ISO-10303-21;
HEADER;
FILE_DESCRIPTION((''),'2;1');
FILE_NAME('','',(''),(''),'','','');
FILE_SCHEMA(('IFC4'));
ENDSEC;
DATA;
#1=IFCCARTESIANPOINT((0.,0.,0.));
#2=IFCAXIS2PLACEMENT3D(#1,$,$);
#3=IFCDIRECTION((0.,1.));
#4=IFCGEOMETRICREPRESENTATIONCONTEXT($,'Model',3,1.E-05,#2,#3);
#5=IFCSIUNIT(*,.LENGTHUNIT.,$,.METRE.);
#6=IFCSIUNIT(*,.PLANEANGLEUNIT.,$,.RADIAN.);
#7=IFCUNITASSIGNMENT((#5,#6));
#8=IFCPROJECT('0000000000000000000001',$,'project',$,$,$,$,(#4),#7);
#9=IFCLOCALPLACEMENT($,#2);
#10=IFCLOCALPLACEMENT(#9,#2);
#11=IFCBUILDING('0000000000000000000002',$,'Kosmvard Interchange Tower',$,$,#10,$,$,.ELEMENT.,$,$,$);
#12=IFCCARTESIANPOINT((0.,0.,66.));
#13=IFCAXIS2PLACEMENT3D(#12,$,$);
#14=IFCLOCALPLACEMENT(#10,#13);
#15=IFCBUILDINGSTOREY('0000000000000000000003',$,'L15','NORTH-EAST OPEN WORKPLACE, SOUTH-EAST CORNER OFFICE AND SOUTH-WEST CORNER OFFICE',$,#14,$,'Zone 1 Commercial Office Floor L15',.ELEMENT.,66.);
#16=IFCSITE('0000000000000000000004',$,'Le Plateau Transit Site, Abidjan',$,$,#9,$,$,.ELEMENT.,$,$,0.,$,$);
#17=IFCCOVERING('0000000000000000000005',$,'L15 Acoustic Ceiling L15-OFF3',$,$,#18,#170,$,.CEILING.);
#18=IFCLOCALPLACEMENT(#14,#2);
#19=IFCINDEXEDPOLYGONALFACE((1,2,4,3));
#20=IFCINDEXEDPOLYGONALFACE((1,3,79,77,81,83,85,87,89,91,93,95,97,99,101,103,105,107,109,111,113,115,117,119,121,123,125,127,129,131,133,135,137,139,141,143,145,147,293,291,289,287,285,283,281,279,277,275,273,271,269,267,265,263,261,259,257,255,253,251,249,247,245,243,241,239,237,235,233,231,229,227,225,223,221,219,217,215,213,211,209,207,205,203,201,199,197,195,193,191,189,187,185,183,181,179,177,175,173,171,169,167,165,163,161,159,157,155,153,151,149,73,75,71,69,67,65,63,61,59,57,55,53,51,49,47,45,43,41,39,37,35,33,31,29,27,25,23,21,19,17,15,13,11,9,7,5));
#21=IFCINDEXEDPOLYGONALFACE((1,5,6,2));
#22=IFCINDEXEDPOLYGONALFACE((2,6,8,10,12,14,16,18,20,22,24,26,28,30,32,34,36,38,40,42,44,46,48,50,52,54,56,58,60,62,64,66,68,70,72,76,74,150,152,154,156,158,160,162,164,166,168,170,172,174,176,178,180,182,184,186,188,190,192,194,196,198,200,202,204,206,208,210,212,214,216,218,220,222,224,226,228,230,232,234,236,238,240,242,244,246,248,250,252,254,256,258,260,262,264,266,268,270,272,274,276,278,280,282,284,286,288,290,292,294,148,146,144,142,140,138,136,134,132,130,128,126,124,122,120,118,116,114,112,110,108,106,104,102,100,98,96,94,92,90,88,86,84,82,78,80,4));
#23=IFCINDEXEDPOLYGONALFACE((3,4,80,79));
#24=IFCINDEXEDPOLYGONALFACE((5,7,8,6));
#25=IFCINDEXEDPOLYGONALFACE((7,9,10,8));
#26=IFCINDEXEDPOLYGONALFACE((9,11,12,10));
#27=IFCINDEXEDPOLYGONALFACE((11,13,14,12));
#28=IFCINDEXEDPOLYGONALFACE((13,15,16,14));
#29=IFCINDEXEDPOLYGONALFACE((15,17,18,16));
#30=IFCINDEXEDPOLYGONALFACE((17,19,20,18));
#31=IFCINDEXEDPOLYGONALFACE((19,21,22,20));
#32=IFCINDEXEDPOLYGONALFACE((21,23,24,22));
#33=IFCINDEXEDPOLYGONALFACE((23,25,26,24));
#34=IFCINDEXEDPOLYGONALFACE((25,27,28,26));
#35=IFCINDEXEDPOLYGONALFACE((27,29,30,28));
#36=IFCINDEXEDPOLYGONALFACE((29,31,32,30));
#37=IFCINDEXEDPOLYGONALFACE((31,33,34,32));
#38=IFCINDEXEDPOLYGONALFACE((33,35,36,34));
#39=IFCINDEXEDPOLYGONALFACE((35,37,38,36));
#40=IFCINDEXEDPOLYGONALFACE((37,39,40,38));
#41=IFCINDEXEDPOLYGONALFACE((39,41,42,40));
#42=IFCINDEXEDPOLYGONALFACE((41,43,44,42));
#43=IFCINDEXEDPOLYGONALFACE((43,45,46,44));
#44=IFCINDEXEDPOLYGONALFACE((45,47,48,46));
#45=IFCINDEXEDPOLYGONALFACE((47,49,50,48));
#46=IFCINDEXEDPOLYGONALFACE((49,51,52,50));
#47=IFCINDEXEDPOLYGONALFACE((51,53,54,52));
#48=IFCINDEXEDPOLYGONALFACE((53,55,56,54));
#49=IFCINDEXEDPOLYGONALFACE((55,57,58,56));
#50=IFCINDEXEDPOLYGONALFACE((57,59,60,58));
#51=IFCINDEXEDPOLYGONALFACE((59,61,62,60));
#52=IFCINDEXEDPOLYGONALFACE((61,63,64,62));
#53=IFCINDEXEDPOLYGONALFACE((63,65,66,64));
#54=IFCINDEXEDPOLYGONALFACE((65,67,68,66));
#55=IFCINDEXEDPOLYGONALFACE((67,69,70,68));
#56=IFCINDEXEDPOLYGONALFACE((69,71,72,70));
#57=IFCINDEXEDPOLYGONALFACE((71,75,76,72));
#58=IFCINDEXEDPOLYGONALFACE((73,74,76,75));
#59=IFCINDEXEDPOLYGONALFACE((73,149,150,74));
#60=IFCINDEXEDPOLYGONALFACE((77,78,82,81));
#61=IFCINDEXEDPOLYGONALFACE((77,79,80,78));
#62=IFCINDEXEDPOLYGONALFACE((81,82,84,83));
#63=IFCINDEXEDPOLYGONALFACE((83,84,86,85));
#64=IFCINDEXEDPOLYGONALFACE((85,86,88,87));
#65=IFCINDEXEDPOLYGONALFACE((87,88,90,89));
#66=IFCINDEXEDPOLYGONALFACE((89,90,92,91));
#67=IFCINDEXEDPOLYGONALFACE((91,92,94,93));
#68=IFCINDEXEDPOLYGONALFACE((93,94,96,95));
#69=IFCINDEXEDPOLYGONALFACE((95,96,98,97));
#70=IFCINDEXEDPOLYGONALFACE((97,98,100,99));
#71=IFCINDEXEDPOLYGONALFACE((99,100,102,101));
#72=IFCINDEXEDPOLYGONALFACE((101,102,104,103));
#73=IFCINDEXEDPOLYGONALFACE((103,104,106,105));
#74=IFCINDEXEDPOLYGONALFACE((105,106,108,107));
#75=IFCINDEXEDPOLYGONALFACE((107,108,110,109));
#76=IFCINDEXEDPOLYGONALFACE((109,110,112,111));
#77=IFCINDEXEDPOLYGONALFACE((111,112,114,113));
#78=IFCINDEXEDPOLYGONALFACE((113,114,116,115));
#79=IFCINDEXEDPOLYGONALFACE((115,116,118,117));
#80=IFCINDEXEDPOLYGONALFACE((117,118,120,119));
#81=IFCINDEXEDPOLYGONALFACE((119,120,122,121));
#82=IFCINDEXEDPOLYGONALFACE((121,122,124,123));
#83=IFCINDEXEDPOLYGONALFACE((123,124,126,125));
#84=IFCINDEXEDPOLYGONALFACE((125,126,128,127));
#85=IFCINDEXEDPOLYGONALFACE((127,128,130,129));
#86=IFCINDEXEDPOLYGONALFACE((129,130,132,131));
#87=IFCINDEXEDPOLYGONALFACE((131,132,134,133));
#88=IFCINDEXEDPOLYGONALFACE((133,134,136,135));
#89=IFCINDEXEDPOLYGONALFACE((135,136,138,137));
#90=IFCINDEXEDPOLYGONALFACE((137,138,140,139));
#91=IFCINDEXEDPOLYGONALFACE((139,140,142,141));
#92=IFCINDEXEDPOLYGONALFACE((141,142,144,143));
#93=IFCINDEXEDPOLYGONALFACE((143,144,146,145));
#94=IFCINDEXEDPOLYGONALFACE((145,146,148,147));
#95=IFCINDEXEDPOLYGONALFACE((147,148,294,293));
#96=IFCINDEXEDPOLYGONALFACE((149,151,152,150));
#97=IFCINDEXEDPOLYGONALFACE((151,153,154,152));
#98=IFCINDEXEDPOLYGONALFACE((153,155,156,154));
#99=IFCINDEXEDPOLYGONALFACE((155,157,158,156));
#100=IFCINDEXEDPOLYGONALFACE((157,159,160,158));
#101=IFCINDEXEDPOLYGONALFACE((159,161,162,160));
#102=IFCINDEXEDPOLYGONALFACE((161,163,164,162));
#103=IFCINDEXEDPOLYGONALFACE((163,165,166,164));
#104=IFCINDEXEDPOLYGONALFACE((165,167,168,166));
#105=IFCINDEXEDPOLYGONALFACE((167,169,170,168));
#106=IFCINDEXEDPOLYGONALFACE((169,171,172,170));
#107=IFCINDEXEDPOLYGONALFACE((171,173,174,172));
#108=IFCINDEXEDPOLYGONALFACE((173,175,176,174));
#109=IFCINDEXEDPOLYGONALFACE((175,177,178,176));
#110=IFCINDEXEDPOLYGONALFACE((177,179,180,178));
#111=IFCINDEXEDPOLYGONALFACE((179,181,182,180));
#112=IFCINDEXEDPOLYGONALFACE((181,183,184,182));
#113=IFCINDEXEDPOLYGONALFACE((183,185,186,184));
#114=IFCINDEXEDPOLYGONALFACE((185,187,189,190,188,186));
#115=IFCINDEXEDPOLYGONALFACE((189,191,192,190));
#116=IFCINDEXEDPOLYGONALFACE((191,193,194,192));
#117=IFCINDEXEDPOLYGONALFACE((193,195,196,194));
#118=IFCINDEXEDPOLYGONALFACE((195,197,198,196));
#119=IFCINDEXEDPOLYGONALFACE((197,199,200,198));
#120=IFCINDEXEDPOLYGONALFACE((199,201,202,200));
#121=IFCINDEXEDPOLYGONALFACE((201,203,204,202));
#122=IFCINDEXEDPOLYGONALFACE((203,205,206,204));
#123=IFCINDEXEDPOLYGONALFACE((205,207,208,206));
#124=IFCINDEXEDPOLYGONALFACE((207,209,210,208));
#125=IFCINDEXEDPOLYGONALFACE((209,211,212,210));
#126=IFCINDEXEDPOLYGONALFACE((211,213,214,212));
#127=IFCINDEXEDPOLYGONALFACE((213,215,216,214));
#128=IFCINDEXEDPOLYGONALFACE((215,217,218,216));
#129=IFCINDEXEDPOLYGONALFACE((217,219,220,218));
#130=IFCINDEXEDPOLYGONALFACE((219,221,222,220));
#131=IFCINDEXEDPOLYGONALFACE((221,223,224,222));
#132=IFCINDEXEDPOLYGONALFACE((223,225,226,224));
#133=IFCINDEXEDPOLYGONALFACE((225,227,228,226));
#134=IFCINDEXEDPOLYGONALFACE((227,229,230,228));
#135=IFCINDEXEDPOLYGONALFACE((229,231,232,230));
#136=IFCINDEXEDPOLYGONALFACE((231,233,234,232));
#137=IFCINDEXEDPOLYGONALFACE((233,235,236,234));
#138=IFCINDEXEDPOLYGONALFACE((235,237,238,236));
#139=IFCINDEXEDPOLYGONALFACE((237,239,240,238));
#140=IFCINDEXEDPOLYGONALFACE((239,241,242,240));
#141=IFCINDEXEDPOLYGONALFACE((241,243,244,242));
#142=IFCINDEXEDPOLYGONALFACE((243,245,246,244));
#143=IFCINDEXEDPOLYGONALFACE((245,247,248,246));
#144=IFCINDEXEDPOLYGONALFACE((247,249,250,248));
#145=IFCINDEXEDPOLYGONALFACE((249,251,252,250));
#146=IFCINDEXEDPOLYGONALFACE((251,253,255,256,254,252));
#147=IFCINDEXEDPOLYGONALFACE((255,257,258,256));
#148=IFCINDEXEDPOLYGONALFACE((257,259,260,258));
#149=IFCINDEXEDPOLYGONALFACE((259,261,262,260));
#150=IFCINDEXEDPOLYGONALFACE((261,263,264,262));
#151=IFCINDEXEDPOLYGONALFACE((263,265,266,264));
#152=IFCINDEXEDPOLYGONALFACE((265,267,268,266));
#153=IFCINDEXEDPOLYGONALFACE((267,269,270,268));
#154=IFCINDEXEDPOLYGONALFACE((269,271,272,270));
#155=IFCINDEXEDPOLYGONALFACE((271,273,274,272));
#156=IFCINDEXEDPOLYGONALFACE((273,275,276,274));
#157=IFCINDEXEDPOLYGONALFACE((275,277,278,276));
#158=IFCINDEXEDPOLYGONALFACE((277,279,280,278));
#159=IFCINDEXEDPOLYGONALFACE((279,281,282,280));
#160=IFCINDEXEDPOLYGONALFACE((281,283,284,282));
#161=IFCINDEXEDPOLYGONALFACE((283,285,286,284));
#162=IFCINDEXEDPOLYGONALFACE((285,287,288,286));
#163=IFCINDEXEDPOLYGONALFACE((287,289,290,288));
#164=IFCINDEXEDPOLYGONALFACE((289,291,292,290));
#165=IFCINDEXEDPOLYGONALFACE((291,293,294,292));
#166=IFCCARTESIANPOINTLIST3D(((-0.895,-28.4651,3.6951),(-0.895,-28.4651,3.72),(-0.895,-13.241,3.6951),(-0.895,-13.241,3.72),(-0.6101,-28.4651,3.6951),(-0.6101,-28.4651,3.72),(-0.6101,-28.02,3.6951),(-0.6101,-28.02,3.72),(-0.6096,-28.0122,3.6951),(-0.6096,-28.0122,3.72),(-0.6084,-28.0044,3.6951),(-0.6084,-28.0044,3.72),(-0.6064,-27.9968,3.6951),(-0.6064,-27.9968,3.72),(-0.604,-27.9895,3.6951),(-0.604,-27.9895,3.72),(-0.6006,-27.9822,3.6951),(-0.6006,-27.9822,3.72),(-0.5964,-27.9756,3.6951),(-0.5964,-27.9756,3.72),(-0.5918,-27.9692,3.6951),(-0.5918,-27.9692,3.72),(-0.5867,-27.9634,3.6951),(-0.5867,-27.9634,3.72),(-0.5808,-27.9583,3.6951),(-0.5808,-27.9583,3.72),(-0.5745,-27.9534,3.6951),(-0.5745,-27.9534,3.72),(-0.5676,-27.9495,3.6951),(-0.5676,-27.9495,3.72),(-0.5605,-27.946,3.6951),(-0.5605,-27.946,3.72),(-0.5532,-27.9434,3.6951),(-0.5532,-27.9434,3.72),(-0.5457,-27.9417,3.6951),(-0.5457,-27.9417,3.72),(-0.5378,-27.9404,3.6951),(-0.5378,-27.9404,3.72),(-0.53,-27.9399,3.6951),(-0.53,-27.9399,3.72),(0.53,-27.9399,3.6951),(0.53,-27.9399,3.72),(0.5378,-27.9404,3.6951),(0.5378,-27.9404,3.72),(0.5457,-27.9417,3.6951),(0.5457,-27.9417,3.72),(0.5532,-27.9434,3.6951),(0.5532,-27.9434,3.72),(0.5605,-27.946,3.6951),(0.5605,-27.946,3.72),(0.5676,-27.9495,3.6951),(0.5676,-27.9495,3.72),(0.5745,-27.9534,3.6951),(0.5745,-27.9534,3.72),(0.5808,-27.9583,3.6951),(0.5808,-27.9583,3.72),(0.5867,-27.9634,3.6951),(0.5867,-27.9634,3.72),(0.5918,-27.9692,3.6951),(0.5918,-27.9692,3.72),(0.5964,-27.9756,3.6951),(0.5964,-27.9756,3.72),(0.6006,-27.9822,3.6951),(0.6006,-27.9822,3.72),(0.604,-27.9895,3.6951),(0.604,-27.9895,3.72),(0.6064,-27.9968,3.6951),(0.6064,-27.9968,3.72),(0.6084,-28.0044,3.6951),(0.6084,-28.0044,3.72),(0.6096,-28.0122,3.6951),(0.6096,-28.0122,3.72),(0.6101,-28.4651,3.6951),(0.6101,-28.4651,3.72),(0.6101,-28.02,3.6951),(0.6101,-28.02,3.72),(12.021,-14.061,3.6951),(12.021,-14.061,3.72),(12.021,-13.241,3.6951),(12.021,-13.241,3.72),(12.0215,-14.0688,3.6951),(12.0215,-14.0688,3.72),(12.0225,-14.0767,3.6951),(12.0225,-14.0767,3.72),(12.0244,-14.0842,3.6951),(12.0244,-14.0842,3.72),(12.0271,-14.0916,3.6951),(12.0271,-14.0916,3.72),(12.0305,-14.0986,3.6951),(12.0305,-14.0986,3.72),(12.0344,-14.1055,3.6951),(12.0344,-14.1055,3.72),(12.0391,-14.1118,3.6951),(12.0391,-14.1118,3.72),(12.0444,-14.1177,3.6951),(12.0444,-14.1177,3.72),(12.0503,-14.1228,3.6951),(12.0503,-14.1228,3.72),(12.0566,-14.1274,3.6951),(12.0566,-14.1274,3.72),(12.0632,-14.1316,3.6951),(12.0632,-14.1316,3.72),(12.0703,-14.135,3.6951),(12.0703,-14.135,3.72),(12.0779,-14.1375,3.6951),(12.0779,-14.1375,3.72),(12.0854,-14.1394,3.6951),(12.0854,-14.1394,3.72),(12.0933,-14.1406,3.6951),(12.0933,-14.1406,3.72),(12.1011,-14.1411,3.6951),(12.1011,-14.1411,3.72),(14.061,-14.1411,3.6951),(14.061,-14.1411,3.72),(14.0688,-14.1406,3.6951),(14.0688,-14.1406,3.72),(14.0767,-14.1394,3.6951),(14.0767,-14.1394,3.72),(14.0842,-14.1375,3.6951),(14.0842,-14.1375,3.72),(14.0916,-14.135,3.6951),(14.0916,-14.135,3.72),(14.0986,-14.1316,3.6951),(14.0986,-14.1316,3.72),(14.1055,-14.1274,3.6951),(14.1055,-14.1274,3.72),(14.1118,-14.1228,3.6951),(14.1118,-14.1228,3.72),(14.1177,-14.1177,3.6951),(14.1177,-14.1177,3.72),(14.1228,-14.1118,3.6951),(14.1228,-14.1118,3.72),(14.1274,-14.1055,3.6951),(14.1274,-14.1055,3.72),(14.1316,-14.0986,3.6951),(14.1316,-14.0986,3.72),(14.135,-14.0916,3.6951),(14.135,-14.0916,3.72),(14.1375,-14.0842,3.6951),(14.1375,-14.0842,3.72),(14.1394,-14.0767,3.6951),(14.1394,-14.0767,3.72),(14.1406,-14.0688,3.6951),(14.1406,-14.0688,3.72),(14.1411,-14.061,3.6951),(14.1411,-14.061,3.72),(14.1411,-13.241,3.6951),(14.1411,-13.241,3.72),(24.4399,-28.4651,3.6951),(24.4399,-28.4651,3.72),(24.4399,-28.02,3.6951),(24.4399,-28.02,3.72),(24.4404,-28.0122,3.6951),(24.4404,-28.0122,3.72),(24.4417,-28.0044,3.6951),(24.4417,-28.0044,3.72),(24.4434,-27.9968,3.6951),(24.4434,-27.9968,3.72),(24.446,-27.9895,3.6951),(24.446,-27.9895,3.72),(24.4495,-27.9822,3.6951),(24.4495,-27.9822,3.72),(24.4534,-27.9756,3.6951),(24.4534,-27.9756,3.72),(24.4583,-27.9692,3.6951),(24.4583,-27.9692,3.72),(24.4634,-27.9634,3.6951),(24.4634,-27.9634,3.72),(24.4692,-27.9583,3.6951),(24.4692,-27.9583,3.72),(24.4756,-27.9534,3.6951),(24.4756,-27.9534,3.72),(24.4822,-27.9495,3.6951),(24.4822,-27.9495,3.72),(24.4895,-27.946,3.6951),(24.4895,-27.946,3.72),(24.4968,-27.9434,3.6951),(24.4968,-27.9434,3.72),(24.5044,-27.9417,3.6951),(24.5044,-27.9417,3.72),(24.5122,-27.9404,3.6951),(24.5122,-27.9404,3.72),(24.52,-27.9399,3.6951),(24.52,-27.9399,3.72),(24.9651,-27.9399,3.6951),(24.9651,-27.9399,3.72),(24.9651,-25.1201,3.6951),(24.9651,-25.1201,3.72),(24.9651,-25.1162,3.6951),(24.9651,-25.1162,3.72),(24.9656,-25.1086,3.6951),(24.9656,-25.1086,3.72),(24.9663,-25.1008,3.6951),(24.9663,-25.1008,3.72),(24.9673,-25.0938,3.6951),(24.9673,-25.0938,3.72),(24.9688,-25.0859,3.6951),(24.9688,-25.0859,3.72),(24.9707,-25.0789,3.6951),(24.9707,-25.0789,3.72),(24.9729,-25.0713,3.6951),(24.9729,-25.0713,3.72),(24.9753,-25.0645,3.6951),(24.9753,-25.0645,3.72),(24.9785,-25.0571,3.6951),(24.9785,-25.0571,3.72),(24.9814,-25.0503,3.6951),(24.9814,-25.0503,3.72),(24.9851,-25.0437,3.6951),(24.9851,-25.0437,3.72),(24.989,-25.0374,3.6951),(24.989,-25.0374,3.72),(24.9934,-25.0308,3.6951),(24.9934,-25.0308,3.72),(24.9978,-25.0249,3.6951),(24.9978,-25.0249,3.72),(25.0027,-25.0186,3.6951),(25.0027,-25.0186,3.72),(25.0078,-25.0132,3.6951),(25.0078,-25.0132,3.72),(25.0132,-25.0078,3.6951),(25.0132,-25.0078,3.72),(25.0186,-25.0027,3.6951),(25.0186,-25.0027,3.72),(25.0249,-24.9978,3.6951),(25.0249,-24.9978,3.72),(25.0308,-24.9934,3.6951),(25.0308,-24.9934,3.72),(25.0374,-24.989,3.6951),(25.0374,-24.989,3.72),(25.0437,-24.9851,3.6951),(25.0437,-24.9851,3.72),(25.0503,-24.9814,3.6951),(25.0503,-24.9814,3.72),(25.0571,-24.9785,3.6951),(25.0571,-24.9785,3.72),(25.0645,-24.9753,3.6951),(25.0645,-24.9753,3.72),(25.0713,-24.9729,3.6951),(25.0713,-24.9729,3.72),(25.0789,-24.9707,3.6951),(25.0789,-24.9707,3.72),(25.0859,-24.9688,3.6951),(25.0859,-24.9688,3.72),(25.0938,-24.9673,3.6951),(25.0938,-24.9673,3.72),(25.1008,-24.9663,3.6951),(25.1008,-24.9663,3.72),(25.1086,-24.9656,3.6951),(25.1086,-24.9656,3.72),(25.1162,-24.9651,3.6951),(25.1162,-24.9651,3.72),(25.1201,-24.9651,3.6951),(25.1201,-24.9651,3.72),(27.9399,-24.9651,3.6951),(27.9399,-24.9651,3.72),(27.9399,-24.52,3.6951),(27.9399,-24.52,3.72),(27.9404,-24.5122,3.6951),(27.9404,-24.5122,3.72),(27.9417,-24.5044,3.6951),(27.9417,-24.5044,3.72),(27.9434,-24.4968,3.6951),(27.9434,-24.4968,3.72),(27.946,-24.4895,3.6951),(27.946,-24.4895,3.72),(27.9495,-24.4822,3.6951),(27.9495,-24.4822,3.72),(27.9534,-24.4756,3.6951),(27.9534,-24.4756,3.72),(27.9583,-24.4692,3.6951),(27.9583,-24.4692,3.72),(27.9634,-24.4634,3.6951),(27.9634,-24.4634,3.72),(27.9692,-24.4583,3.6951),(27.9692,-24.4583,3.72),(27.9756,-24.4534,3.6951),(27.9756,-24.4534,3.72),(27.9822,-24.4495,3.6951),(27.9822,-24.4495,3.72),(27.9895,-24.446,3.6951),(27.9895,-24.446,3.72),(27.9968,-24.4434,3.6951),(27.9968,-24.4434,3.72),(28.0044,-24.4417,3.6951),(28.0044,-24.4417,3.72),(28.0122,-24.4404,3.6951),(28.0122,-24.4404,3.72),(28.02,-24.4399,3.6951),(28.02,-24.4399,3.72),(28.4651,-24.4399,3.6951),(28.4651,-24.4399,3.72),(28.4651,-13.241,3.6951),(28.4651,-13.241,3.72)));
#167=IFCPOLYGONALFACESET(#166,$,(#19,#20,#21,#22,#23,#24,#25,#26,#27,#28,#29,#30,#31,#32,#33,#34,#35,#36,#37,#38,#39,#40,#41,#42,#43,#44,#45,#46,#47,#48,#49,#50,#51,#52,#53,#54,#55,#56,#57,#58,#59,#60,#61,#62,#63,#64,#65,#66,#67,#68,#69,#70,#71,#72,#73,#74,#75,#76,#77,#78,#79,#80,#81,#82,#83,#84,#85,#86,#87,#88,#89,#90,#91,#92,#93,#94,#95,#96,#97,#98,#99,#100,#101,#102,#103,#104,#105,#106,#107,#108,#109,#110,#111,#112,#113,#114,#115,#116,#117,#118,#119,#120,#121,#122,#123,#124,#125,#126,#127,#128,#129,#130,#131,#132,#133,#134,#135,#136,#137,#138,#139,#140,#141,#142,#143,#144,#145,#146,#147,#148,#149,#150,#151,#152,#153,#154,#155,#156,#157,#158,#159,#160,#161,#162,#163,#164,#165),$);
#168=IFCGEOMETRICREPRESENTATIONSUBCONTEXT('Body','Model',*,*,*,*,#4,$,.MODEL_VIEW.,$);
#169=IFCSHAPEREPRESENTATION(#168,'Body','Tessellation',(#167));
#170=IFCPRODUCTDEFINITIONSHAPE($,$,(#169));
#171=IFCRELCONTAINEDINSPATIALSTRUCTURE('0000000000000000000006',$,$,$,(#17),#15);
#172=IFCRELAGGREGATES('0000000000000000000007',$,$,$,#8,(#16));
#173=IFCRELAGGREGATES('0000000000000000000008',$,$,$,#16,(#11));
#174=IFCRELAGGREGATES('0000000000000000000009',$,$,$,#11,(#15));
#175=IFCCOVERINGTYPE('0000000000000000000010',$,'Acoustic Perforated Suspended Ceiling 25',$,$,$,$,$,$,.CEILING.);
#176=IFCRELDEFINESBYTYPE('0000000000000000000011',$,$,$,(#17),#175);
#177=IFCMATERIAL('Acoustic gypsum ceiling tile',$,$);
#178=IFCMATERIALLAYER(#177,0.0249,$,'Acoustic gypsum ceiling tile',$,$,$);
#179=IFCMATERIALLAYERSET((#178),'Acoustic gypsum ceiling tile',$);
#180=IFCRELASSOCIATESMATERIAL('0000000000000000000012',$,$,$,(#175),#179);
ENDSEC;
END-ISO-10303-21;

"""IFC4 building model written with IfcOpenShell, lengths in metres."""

from ifc_helpers import new_model, si_unit, direction, frame, origin, place, context, subcontext, project, spatial, polyline, outline, extrude, material, layer, layer_set, type_object, element, save


model = new_model("IFC4")

# Units and contexts
model_context = context("Model", 3, precision=1e-05, world=origin(), true_north=direction((0.0, 1.0)))
body_context = subcontext(model_context, "Body", "Model", "MODEL_VIEW")
ifc_project = project(units=[si_unit("LENGTHUNIT", "METRE"), si_unit("PLANEANGLEUNIT", "RADIAN")], contexts=[model_context])

# Site, building, storey
site_placement = place(None, origin())
site = spatial("IfcSite", under=ifc_project, at=site_placement, Name="Le Plateau Transit Site, Abidjan", CompositionType="ELEMENT", RefElevation=0.0)
building_placement = place(site_placement, origin())
building = spatial("IfcBuilding", under=site, at=building_placement, Name="Kosmvard Interchange Tower", CompositionType="ELEMENT")
storey_placement = place(building_placement, frame((0.0, 0.0, 66.0)))
storey = spatial("IfcBuildingStorey", under=building, at=storey_placement, Name="L15", Description="NORTH-EAST OPEN WORKPLACE, SOUTH-EAST CORNER OFFICE AND SOUTH-WEST CORNER OFFICE", LongName="Zone 1 Commercial Office Floor L15", CompositionType="ELEMENT", Elevation=66.0)

# Covering
ifc_material_1 = material(Name="Acoustic gypsum ceiling tile")
ifc_layer_1 = layer(ifc_material_1, 0.0249, Name="Acoustic gypsum ceiling tile")
ifc_layer_set_1 = layer_set([ifc_layer_1], Name="Acoustic gypsum ceiling tile")
covering_type_1 = type_object("IfcCoveringType", Name="Acoustic Perforated Suspended Ceiling 25", PredefinedType="CEILING", material=ifc_layer_set_1)
covering_1_placement = place(storey_placement, frame((0.0, 0.0, 3.6951)))
element("IfcCovering", 1, at=covering_1_placement, inside=storey, type_object=covering_type_1, Name="L15 Acoustic Ceiling L15-OFF3", PredefinedType="CEILING", context=body_context, shape_type="SweptSolid", body=[
    extrude(outline(polyline([(12.021, -14.061), (12.021, -13.241), (-0.895, -13.241), (-0.895, -28.4651), (-0.6101, -28.4651), (-0.6101, -28.02), (-0.6096, -28.0122), (-0.6084, -28.0044), (-0.6064, -27.9968), (-0.604, -27.9895), (-0.6006, -27.9822), (-0.5964, -27.9756), (-0.5918, -27.9692), (-0.5867, -27.9634), (-0.5808, -27.9583), (-0.5745, -27.9534), (-0.5676, -27.9495), (-0.5605, -27.946), (-0.5532, -27.9434), (-0.5457, -27.9417), (-0.5378, -27.9404), (-0.53, -27.9399), (0.53, -27.9399), (0.5378, -27.9404), (0.5457, -27.9417), (0.5532, -27.9434), (0.5605, -27.946), (0.5676, -27.9495), (0.5745, -27.9534), (0.5808, -27.9583), (0.5867, -27.9634), (0.5918, -27.9692), (0.5964, -27.9756), (0.6006, -27.9822), (0.604, -27.9895), (0.6064, -27.9968), (0.6084, -28.0044), (0.6096, -28.0122), (0.6101, -28.02), (0.6101, -28.4651), (24.4399, -28.4651), (24.4399, -28.02), (24.4404, -28.0122), (24.4417, -28.0044), (24.4434, -27.9968), (24.446, -27.9895), (24.4495, -27.9822), (24.4534, -27.9756), (24.4583, -27.9692), (24.4634, -27.9634), (24.4692, -27.9583), (24.4756, -27.9534), (24.4822, -27.9495), (24.4895, -27.946), (24.4968, -27.9434), (24.5044, -27.9417), (24.5122, -27.9404), (24.52, -27.9399), (24.9651, -27.9399), (24.9651, -25.1201), (24.9651, -25.1162), (24.9656, -25.1086), (24.9663, -25.1008), (24.9673, -25.0938), (24.9688, -25.0859), (24.9707, -25.0789), (24.9729, -25.0713), (24.9753, -25.0645), (24.9785, -25.0571), (24.9814, -25.0503), (24.9851, -25.0437), (24.989, -25.0374), (24.9934, -25.0308), (24.9978, -25.0249), (25.0027, -25.0186), (25.0078, -25.0132), (25.0132, -25.0078), (25.0186, -25.0027), (25.0249, -24.9978), (25.0308, -24.9934), (25.0374, -24.989), (25.0437, -24.9851), (25.0503, -24.9814), (25.0571, -24.9785), (25.0645, -24.9753), (25.0713, -24.9729), (25.0789, -24.9707), (25.0859, -24.9688), (25.0938, -24.9673), (25.1008, -24.9663), (25.1086, -24.9656), (25.1162, -24.9651), (25.1201, -24.9651), (27.9399, -24.9651), (27.9399, -24.52), (27.9404, -24.5122), (27.9417, -24.5044), (27.9434, -24.4968), (27.946, -24.4895), (27.9495, -24.4822), (27.9534, -24.4756), (27.9583, -24.4692), (27.9634, -24.4634), (27.9692, -24.4583), (27.9756, -24.4534), (27.9822, -24.4495), (27.9895, -24.446), (27.9968, -24.4434), (28.0044, -24.4417), (28.0122, -24.4404), (28.02, -24.4399), (28.4651, -24.4399), (28.4651, -13.241), (14.1411, -13.241), (14.1411, -14.061), (14.1406, -14.0688), (14.1394, -14.0767), (14.1375, -14.0842), (14.135, -14.0916), (14.1316, -14.0986), (14.1274, -14.1055), (14.1228, -14.1118), (14.1177, -14.1177), (14.1118, -14.1228), (14.1055, -14.1274), (14.0986, -14.1316), (14.0916, -14.135), (14.0842, -14.1375), (14.0767, -14.1394), (14.0688, -14.1406), (14.061, -14.1411), (12.1011, -14.1411), (12.0933, -14.1406), (12.0854, -14.1394), (12.0779, -14.1375), (12.0703, -14.135), (12.0632, -14.1316), (12.0566, -14.1274), (12.0503, -14.1228), (12.0444, -14.1177), (12.0391, -14.1118), (12.0344, -14.1055), (12.0305, -14.0986), (12.0271, -14.0916), (12.0244, -14.0842), (12.0225, -14.0767), (12.0215, -14.0688), (12.021, -14.061)])), origin(), (0.0, 0.0, 1.0), 0.0249),
])

save(model, "model.ifc")
